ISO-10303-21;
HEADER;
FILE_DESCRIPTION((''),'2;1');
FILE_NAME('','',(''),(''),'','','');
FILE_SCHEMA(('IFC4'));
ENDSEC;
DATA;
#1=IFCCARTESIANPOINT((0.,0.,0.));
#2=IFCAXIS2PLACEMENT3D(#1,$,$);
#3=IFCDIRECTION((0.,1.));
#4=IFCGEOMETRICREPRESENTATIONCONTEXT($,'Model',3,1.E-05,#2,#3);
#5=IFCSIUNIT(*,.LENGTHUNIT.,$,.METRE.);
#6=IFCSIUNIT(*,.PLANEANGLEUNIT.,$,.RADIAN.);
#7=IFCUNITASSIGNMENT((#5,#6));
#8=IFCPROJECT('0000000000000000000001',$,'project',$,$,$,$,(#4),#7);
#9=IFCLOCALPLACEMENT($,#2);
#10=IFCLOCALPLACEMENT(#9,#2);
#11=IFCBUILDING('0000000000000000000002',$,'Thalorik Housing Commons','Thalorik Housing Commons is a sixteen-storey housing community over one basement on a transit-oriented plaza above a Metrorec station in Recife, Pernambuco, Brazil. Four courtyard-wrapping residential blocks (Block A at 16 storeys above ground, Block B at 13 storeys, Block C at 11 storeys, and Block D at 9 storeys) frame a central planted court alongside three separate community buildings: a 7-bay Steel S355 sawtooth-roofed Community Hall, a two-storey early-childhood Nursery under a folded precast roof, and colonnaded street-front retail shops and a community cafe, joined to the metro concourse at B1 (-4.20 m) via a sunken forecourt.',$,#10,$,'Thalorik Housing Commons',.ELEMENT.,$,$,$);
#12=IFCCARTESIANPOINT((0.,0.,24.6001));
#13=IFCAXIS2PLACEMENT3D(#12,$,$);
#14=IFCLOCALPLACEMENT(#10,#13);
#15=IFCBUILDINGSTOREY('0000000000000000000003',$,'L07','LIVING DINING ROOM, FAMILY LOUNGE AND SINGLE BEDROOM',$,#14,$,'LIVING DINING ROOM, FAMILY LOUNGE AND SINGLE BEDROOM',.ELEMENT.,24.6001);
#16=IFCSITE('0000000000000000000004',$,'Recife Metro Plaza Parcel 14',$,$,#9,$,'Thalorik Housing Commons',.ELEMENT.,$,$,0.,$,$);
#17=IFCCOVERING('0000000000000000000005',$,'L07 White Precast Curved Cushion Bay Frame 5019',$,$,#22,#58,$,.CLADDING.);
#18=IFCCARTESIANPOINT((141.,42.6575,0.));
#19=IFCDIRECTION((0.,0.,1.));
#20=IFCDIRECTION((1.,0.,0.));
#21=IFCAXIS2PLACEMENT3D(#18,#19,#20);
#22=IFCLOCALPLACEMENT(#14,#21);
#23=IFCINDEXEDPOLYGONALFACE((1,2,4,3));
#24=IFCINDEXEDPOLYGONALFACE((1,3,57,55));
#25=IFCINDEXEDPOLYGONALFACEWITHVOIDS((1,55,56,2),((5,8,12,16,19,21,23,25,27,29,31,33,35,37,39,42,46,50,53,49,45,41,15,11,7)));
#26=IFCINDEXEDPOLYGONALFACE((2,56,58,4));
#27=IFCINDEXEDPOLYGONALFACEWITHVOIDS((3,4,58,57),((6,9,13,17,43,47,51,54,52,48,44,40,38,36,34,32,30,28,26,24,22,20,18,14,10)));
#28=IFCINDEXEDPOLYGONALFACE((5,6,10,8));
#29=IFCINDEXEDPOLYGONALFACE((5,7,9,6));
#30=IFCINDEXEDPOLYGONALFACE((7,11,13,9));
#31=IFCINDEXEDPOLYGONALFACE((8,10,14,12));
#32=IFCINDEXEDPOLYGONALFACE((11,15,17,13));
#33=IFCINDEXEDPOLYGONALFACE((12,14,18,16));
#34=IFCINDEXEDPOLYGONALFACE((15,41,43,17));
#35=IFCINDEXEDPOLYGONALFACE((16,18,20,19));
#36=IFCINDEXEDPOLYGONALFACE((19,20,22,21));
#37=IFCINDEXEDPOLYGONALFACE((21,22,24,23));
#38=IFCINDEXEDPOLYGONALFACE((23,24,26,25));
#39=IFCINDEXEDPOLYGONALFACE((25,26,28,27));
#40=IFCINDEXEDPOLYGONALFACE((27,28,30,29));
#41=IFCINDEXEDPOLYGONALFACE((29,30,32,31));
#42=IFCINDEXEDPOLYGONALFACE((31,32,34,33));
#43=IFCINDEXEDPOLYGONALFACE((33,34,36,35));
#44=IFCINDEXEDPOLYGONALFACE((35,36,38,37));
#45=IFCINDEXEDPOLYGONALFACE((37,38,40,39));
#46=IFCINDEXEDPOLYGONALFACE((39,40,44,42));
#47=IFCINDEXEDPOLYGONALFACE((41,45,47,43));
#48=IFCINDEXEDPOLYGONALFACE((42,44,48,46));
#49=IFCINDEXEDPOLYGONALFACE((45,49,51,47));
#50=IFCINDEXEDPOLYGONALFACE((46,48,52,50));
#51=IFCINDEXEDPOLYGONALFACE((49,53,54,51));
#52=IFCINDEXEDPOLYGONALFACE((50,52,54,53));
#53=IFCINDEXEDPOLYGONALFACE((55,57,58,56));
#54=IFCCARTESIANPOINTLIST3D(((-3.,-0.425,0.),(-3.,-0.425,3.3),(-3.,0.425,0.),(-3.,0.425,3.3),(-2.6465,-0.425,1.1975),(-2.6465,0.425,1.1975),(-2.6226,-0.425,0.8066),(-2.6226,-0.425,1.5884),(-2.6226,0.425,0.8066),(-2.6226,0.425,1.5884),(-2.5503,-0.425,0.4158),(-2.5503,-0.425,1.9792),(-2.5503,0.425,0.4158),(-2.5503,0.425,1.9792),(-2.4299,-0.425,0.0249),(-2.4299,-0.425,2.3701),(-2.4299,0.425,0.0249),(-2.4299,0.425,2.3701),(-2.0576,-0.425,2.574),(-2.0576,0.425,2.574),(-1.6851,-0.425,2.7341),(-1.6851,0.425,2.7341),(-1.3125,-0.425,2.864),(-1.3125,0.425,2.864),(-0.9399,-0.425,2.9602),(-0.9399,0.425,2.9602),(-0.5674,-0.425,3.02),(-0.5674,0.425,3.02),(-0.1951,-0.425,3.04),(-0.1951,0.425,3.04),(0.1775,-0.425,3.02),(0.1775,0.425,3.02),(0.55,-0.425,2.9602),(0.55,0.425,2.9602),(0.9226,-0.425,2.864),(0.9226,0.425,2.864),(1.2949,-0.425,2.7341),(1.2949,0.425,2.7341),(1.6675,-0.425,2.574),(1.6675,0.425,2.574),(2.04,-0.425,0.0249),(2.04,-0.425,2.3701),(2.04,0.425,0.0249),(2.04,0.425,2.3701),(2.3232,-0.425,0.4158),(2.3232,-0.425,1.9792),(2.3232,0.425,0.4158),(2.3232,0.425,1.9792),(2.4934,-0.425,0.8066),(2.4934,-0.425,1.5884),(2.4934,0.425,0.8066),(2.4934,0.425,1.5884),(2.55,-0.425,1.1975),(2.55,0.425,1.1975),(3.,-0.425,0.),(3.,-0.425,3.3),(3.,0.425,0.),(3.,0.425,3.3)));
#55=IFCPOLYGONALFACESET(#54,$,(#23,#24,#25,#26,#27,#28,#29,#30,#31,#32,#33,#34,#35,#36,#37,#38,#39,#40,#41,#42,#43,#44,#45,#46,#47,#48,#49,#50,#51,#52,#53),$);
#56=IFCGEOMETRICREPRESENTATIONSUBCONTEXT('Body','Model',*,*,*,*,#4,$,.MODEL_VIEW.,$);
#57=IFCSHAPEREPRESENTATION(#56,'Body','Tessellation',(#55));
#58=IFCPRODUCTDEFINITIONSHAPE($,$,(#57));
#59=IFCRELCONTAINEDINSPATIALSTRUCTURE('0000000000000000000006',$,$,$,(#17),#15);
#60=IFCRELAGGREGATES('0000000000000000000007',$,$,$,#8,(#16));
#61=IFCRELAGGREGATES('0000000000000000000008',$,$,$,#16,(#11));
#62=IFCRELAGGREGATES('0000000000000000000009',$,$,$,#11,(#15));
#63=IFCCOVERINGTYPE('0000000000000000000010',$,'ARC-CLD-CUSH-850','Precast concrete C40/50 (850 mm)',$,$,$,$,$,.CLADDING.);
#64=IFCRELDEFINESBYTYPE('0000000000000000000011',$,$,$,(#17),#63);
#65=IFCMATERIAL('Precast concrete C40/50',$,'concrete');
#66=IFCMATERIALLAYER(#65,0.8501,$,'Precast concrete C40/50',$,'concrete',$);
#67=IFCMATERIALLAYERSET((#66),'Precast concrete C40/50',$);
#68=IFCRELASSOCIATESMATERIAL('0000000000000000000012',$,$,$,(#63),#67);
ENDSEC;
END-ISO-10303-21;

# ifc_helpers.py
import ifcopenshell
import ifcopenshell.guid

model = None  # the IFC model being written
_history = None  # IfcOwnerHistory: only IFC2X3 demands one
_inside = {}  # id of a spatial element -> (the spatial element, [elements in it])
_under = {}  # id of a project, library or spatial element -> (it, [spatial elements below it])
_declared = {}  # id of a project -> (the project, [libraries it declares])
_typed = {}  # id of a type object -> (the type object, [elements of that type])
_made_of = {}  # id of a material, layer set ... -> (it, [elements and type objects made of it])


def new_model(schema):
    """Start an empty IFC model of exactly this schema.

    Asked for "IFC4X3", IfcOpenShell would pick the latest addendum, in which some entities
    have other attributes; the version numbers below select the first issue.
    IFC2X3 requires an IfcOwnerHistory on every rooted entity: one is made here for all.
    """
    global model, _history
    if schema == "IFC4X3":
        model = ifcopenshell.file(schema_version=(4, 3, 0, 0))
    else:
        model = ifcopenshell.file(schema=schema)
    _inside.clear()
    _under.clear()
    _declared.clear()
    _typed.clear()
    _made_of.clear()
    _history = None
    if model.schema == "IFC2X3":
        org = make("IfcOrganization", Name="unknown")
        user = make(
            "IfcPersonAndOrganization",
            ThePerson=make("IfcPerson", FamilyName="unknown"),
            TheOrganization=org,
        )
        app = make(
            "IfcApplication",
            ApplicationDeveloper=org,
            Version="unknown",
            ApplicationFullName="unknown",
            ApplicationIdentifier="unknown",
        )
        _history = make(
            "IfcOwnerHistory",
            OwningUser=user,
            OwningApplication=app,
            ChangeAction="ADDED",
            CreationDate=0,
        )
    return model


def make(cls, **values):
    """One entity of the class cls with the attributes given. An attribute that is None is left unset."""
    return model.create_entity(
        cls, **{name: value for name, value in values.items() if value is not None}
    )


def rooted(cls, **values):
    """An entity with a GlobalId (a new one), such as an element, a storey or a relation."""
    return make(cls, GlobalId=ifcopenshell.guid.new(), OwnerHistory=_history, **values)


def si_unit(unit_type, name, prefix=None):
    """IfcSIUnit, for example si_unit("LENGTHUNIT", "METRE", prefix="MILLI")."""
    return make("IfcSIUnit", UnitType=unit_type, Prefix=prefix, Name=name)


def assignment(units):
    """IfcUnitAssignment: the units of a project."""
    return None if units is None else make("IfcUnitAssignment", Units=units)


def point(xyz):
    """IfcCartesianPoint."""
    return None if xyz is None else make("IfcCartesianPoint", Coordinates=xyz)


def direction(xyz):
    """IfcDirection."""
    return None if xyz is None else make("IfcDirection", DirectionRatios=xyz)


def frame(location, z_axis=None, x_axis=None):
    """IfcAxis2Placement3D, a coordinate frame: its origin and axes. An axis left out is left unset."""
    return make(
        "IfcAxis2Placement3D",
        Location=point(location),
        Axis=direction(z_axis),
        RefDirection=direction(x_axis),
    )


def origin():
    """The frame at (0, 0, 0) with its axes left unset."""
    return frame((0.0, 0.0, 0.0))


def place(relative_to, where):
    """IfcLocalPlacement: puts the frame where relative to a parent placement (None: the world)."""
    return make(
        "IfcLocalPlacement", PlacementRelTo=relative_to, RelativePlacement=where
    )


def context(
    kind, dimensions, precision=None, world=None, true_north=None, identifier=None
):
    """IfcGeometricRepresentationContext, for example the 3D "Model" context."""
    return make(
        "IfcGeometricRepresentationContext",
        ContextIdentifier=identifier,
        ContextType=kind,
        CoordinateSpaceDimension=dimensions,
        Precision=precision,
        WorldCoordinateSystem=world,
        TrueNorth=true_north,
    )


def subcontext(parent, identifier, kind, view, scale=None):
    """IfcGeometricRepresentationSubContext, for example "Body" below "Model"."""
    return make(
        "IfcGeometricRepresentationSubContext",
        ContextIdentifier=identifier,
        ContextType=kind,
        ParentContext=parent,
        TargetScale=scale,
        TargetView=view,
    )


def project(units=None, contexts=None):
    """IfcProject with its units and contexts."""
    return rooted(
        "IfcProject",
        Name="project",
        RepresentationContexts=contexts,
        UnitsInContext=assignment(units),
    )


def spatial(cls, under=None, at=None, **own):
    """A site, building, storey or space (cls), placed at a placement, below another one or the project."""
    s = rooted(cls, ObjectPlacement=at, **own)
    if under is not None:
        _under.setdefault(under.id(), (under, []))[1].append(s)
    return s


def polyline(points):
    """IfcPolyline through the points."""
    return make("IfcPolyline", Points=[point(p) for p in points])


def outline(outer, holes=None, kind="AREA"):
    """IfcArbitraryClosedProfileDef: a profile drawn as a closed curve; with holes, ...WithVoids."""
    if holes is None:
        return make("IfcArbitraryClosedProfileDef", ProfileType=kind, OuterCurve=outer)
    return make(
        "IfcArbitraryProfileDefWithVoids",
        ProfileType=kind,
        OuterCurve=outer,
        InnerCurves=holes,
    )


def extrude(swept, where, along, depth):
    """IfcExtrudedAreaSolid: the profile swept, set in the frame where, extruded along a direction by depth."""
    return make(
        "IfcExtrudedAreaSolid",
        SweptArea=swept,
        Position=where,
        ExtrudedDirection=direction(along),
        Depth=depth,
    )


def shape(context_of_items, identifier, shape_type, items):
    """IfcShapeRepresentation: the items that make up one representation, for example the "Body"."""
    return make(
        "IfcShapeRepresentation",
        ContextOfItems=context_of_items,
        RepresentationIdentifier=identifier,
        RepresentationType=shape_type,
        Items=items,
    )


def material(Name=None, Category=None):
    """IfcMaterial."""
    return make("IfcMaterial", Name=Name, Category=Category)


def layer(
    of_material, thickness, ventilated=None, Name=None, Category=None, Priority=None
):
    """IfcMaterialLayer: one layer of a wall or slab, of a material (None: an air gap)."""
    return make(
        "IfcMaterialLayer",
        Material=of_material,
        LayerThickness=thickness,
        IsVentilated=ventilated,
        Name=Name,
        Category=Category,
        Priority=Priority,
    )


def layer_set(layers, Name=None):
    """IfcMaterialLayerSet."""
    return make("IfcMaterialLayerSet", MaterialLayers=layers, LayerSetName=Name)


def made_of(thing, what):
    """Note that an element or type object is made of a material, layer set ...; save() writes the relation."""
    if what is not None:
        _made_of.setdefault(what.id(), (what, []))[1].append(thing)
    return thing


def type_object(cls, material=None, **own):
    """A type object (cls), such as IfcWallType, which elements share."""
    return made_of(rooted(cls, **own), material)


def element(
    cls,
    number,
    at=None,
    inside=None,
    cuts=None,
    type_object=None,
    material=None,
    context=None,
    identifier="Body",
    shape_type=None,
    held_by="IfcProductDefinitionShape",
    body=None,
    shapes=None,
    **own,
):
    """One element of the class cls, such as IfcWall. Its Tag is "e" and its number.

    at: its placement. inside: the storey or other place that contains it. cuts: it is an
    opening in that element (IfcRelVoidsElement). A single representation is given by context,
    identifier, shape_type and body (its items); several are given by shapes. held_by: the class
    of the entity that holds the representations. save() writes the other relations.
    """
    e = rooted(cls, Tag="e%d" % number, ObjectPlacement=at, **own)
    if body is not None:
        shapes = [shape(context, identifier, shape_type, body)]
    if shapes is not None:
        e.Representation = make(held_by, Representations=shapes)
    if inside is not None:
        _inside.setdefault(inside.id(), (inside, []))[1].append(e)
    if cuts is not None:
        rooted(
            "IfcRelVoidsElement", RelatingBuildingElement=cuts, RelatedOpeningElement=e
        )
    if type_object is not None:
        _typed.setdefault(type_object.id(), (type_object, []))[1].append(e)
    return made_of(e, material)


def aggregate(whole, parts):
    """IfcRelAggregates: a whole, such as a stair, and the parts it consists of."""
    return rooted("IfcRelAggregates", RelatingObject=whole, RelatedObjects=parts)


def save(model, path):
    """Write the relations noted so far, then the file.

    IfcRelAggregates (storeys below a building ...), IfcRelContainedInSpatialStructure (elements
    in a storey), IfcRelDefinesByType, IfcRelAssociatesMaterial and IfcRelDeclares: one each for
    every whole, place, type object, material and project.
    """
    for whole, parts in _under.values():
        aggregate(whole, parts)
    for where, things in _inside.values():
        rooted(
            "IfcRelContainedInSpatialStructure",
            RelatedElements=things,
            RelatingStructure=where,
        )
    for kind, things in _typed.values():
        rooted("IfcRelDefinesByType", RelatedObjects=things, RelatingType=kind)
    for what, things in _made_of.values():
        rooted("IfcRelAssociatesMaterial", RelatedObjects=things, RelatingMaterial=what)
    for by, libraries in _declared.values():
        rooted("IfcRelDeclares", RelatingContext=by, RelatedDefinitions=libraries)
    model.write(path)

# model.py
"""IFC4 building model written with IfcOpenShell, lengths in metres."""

from ifc_helpers import new_model, si_unit, direction, frame, origin, place, context, subcontext, project, spatial, polyline, outline, extrude, material, layer, layer_set, type_object, element, save


model = new_model("IFC4")

# Units and contexts
model_context = context("Model", 3, precision=1e-05, world=origin(), true_north=direction((0.0, 1.0)))
body_context = subcontext(model_context, "Body", "Model", "MODEL_VIEW")
ifc_project = project(units=[si_unit("LENGTHUNIT", "METRE"), si_unit("PLANEANGLEUNIT", "RADIAN")], contexts=[model_context])

# Site, building, storey
site_placement = place(None, origin())
site = spatial("IfcSite", under=ifc_project, at=site_placement, Name="Recife Metro Plaza Parcel 14", LongName="Thalorik Housing Commons", CompositionType="ELEMENT", RefElevation=0.0)
building_placement = place(site_placement, origin())
building = spatial("IfcBuilding", under=site, at=building_placement, Name="Thalorik Housing Commons", Description="Thalorik Housing Commons is a sixteen-storey housing community over one basement on a transit-oriented plaza above a Metrorec station in Recife, Pernambuco, Brazil. Four courtyard-wrapping residential blocks (Block A at 16 storeys above ground, Block B at 13 storeys, Block C at 11 storeys, and Block D at 9 storeys) frame a central planted court alongside three separate community buildings: a 7-bay Steel S355 sawtooth-roofed Community Hall, a two-storey early-childhood Nursery under a folded precast roof, and colonnaded street-front retail shops and a community cafe, joined to the metro concourse at B1 (-4.20 m) via a sunken forecourt.", LongName="Thalorik Housing Commons", CompositionType="ELEMENT")
storey_placement = place(building_placement, frame((0.0, 0.0, 24.6001)))
storey = spatial("IfcBuildingStorey", under=building, at=storey_placement, Name="L07", Description="LIVING DINING ROOM, FAMILY LOUNGE AND SINGLE BEDROOM", LongName="LIVING DINING ROOM, FAMILY LOUNGE AND SINGLE BEDROOM", CompositionType="ELEMENT", Elevation=24.6001)

# Shared definitions
ifc_material_1 = material(Name="Precast concrete C40/50", Category="concrete")

# Covering
ifc_layer_1 = layer(ifc_material_1, 0.8501, Name="Precast concrete C40/50", Category="concrete")
ifc_layer_set_1 = layer_set([ifc_layer_1], Name="Precast concrete C40/50")
covering_type_1 = type_object("IfcCoveringType", Name="ARC-CLD-CUSH-850", Description="Precast concrete C40/50 (850 mm)", PredefinedType="CLADDING", material=ifc_layer_set_1)
covering_1_placement = place(storey_placement, frame((141.0, 42.6575, 0.0), z_axis=(0.0, 0.0, 1.0), x_axis=(1.0, 0.0, 0.0)))
element("IfcCovering", 1, at=covering_1_placement, inside=storey, type_object=covering_type_1, Name="L07 White Precast Curved Cushion Bay Frame 5019", PredefinedType="CLADDING", context=body_context, shape_type="SweptSolid", body=[
    extrude(outline(polyline([(-3.0, 0.0), (3.0, 0.0), (3.0, 3.3), (-3.0, 3.3), (-3.0, 0.0)]), holes=[polyline([(2.04, 0.0249), (2.3232, 0.4158), (2.4934, 0.8066), (2.55, 1.1975), (2.4934, 1.5884), (2.3232, 1.9792), (2.04, 2.3701), (1.6675, 2.574), (1.2949, 2.7341), (0.9226, 2.864), (0.55, 2.9602), (0.1775, 3.02), (-0.1951, 3.04), (-0.5674, 3.02), (-0.9399, 2.9602), (-1.3125, 2.864), (-1.6851, 2.7341), (-2.0576, 2.574), (-2.4299, 2.3701), (-2.5503, 1.9792), (-2.6226, 1.5884), (-2.6465, 1.1975), (-2.6226, 0.8066), (-2.5503, 0.4158), (-2.4299, 0.0249), (2.04, 0.0249)])]), frame((0.0, 0.425, 0.0), z_axis=(0.0, -1.0, 0.0), x_axis=(1.0, 0.0, 0.0)), (0.0, 0.0, 1.0), 0.8501),
])

save(model, "model.ifc")
